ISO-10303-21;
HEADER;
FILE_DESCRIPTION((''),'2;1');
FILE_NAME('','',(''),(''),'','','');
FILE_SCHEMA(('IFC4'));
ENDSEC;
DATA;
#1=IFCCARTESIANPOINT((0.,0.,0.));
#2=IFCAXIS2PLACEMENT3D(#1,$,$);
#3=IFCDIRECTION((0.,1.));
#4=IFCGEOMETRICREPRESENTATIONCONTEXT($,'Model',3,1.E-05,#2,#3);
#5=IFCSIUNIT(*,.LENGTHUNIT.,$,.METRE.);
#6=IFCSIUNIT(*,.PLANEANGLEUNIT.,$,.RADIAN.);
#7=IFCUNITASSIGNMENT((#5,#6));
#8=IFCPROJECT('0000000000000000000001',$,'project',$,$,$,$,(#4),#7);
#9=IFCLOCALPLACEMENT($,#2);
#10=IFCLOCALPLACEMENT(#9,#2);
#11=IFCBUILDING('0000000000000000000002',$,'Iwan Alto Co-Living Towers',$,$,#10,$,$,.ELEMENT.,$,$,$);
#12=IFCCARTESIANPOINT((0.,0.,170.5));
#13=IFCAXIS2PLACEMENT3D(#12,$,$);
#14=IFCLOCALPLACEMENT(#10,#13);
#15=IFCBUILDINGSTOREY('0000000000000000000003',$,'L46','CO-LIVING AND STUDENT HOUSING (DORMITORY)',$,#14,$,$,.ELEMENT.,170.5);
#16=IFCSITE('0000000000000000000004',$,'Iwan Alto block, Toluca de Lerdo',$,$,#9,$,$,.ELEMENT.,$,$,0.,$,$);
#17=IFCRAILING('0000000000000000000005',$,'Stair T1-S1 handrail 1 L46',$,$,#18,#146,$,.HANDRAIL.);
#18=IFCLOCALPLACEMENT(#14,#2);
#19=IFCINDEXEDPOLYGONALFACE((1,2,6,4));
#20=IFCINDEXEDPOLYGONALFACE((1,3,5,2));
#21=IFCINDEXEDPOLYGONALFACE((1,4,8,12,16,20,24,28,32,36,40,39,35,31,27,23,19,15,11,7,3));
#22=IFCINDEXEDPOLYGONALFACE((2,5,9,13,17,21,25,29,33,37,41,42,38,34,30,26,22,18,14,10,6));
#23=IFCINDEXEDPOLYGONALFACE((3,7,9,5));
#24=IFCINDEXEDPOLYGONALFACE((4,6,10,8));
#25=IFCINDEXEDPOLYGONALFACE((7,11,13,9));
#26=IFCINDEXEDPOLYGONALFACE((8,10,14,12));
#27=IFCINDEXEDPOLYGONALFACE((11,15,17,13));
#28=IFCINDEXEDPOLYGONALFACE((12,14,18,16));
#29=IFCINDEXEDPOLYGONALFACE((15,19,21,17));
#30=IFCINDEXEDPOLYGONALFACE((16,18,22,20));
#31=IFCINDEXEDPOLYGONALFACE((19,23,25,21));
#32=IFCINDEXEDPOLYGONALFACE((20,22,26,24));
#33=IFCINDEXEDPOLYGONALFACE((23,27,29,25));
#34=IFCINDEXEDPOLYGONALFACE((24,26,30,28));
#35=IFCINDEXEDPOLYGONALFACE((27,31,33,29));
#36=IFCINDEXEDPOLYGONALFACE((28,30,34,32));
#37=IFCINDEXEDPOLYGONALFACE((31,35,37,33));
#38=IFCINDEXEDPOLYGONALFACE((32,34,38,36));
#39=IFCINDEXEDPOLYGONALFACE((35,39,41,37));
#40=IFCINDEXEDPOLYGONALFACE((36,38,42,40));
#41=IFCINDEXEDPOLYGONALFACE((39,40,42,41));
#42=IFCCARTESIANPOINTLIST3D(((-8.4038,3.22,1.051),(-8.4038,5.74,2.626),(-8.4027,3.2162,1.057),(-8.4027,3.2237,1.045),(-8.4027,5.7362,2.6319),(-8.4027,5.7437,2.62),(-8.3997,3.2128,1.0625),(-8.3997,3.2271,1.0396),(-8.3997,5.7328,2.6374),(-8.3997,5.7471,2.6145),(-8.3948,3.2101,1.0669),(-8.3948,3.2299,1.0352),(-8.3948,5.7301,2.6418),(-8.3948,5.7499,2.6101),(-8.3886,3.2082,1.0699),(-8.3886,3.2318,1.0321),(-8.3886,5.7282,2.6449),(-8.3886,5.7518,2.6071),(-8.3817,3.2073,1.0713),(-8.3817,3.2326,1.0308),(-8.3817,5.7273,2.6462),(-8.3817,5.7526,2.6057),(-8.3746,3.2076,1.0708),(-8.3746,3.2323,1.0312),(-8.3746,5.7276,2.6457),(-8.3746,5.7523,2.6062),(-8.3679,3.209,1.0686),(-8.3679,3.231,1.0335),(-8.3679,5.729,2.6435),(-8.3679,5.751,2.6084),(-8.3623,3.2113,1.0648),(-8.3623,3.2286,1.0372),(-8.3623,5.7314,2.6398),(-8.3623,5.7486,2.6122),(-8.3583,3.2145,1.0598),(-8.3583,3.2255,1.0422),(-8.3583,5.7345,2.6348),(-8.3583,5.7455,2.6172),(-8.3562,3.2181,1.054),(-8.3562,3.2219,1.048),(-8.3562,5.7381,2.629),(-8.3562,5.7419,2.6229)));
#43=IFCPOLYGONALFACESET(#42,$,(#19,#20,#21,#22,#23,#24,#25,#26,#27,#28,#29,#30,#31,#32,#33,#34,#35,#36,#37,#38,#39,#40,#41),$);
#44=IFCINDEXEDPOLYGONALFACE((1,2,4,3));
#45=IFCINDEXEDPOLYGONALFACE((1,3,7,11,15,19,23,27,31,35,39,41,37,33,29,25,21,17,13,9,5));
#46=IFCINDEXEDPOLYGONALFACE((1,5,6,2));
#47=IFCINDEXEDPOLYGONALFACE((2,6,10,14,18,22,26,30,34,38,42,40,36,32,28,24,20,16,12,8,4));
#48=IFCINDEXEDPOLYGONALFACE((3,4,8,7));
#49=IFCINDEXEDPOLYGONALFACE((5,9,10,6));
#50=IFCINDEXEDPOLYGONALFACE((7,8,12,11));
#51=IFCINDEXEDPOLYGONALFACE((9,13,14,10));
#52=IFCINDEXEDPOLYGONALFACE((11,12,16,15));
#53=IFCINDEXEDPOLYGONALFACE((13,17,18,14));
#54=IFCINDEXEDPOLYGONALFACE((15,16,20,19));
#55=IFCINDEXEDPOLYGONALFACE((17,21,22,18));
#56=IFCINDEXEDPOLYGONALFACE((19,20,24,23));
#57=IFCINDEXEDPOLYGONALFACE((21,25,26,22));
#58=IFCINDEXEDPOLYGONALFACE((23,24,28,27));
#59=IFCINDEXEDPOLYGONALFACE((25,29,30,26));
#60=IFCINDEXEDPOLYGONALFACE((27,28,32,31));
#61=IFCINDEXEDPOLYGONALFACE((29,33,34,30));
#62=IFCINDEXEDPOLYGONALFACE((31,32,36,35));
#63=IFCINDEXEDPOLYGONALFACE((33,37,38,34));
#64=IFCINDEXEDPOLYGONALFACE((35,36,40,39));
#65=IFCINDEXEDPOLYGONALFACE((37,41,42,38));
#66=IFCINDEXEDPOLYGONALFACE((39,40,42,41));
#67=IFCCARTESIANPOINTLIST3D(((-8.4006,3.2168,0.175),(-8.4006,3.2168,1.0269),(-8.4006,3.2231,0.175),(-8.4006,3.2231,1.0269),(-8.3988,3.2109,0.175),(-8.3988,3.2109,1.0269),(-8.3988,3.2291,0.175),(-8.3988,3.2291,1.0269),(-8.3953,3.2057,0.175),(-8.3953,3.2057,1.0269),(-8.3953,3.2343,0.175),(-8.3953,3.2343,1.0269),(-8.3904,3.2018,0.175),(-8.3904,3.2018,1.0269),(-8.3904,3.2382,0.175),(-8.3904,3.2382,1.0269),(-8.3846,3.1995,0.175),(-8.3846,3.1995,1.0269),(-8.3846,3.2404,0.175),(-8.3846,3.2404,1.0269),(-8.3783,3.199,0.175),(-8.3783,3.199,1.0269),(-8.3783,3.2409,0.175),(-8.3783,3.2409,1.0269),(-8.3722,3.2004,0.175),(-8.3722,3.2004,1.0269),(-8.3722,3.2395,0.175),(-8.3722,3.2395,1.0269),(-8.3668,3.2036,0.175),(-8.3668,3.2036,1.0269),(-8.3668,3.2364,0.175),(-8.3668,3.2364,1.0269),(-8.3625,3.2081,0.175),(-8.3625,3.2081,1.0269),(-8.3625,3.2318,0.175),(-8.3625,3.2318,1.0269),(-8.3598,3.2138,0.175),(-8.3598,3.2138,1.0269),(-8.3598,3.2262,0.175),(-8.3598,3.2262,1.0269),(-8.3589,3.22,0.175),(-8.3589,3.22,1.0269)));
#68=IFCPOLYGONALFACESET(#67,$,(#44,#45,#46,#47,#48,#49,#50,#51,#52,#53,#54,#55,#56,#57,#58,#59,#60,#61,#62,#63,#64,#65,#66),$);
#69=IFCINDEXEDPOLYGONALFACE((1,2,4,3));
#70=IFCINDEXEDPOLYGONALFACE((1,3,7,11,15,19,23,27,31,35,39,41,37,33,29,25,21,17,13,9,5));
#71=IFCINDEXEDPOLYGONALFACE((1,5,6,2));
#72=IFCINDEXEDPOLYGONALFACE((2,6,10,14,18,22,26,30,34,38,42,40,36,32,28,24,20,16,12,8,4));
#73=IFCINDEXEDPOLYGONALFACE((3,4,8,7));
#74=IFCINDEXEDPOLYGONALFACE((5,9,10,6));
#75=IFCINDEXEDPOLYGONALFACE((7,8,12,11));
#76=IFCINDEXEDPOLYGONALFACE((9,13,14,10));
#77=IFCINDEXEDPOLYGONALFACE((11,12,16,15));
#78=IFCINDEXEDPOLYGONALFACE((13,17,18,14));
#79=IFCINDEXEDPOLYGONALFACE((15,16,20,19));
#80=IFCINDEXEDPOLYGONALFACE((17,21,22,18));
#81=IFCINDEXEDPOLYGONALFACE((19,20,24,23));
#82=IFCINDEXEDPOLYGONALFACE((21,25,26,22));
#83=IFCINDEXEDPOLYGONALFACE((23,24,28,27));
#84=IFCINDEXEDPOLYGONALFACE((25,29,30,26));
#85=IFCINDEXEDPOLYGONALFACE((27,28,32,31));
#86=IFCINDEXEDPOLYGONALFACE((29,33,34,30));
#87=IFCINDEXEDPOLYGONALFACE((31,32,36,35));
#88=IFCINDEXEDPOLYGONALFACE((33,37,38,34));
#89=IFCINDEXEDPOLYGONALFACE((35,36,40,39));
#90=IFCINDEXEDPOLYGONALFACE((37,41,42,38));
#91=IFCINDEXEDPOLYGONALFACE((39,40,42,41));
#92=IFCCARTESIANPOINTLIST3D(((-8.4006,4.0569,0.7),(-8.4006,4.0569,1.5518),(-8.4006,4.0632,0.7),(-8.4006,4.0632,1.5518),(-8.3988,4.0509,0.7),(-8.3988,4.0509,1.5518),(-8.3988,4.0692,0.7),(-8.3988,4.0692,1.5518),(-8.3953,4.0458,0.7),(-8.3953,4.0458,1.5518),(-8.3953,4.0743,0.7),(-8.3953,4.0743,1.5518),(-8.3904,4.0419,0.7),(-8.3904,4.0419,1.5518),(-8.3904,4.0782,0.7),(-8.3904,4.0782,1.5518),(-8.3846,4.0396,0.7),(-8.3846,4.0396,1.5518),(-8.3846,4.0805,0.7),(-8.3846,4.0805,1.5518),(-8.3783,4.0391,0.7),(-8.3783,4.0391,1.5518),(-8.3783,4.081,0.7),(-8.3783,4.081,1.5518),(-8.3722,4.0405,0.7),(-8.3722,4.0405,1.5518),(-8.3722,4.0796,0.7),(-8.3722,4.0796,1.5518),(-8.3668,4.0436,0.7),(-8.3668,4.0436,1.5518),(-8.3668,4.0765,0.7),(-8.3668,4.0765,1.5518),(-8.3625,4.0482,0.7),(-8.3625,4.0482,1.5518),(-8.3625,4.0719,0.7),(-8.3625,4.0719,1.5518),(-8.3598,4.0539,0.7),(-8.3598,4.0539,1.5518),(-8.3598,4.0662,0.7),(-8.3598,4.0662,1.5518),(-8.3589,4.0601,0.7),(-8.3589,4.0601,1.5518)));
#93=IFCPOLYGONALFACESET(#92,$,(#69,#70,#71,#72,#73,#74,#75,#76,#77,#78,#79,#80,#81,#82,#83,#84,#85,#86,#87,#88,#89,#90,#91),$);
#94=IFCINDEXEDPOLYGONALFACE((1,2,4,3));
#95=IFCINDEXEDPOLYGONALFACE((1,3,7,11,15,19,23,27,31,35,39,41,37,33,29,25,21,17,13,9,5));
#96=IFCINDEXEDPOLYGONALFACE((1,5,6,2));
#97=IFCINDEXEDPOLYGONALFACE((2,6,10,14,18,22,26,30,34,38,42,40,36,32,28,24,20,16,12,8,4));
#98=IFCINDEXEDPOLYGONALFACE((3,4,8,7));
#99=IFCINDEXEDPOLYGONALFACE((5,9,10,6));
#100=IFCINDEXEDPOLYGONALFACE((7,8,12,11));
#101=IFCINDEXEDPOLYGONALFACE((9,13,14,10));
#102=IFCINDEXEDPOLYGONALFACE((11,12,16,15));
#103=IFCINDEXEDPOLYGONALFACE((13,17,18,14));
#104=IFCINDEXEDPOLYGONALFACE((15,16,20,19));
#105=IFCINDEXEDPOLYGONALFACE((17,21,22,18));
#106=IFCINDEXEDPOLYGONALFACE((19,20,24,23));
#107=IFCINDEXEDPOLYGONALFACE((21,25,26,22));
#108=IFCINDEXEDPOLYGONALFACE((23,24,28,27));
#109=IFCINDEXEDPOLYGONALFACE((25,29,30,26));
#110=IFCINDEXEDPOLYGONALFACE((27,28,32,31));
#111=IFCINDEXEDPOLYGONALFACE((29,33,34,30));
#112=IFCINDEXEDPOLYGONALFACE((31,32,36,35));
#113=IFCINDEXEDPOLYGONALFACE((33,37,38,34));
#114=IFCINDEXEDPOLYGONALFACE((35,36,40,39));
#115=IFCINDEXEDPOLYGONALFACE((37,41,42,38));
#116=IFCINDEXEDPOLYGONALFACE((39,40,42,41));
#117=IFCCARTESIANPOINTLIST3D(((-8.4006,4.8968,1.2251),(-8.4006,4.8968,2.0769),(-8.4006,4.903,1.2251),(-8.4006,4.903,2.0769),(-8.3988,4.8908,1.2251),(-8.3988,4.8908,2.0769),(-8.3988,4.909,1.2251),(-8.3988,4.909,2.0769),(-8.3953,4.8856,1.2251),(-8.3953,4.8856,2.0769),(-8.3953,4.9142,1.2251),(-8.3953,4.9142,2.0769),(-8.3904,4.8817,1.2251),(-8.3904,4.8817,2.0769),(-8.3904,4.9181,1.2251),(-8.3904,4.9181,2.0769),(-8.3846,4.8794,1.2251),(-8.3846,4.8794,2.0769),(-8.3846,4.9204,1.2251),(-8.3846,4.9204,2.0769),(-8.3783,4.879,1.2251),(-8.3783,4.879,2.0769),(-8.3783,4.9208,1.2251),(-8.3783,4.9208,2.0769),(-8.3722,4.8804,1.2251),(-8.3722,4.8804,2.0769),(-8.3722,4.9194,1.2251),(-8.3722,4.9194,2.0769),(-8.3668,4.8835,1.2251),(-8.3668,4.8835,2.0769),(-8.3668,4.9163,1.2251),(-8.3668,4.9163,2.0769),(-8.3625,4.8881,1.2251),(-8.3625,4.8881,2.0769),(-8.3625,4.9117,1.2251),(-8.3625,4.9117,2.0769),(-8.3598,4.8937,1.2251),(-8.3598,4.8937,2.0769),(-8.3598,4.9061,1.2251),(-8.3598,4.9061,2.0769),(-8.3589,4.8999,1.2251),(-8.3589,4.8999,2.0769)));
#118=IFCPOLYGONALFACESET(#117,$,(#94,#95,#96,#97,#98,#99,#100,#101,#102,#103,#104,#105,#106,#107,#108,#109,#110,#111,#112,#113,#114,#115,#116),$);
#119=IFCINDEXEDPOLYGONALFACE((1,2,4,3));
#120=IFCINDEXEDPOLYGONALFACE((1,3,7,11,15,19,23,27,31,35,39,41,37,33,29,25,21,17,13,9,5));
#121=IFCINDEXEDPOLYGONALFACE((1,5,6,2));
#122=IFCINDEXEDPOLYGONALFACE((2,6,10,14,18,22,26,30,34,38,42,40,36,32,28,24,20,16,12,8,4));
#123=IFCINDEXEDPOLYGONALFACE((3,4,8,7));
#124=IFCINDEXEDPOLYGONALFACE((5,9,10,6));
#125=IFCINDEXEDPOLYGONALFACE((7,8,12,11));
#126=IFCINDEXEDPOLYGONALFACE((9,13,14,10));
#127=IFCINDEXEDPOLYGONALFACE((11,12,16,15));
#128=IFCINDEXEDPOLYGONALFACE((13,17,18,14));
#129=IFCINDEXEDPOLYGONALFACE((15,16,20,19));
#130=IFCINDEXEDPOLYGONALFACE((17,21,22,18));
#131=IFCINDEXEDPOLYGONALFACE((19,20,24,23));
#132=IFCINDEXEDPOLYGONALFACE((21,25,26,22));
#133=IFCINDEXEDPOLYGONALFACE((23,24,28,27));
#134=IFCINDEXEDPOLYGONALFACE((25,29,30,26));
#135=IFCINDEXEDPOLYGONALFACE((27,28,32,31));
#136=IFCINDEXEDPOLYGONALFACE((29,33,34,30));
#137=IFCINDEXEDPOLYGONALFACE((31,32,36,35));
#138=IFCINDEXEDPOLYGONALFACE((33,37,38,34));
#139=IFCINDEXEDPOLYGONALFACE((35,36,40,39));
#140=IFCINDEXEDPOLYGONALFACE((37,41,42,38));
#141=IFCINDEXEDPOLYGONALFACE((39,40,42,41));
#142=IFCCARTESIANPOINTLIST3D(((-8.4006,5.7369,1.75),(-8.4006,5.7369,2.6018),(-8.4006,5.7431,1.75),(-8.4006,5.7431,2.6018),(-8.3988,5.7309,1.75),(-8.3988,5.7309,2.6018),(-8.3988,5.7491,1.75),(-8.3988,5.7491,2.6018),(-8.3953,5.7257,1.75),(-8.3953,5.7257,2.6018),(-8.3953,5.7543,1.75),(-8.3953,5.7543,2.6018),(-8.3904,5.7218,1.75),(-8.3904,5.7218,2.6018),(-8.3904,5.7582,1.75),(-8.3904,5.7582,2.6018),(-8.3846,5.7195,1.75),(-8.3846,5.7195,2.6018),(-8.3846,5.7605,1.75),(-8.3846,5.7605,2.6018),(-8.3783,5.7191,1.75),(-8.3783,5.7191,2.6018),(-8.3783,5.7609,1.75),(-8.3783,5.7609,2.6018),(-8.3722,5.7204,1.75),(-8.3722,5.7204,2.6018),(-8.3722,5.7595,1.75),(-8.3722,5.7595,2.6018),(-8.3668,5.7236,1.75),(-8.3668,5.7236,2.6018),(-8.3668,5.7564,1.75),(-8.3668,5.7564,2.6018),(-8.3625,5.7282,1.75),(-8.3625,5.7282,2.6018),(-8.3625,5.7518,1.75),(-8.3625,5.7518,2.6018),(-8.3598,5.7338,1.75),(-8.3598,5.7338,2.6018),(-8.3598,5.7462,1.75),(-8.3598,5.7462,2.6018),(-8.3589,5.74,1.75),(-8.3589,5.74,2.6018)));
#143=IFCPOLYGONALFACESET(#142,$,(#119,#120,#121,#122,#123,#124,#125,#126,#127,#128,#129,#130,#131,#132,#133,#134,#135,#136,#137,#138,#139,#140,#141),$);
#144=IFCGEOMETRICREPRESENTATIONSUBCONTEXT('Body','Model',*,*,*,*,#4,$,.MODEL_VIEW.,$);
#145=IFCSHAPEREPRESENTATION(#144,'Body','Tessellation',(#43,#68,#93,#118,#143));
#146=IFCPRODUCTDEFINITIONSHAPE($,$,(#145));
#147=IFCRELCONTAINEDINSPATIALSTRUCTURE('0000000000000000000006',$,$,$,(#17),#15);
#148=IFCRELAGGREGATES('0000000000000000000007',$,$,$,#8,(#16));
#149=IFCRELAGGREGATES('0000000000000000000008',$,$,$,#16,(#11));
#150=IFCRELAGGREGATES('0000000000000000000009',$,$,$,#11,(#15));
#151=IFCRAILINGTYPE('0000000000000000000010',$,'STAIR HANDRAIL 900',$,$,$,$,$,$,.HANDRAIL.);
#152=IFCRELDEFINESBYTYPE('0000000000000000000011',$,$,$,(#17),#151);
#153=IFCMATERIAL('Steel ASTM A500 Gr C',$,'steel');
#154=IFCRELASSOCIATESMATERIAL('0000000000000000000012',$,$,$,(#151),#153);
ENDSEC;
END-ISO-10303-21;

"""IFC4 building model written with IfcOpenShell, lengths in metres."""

from ifc_helpers import new_model, si_unit, direction, frame, origin, origin_2d, place, context, subcontext, project, spatial, circle, extrude, material, type_object, element, save


model = new_model("IFC4")

# Units and contexts
model_context = context("Model", 3, precision=1e-05, world=origin(), true_north=direction((0.0, 1.0)))
body_context = subcontext(model_context, "Body", "Model", "MODEL_VIEW")
ifc_project = project(units=[si_unit("LENGTHUNIT", "METRE"), si_unit("PLANEANGLEUNIT", "RADIAN")], contexts=[model_context])

# Site, building, storey
site_placement = place(None, origin())
site = spatial("IfcSite", under=ifc_project, at=site_placement, Name="Iwan Alto block, Toluca de Lerdo", CompositionType="ELEMENT", RefElevation=0.0)
building_placement = place(site_placement, origin())
building = spatial("IfcBuilding", under=site, at=building_placement, Name="Iwan Alto Co-Living Towers", CompositionType="ELEMENT")
storey_placement = place(building_placement, frame((0.0, 0.0, 170.5)))
storey = spatial("IfcBuildingStorey", under=building, at=storey_placement, Name="L46", Description="CO-LIVING AND STUDENT HOUSING (DORMITORY)", CompositionType="ELEMENT", Elevation=170.5)

# Railing
ifc_material_1 = material(Name="Steel ASTM A500 Gr C", Category="steel")
railing_type_1 = type_object("IfcRailingType", Name="STAIR HANDRAIL 900", PredefinedType="HANDRAIL", material=ifc_material_1)
railing_1_placement = place(storey_placement, frame((-8.3799, 3.22, 0.175)))
element("IfcRailing", 1, at=railing_1_placement, inside=storey, type_object=railing_type_1, Name="Stair T1-S1 handrail 1 L46", PredefinedType="HANDRAIL", context=body_context, shape_type="SweptSolid", body=[
    extrude(circle(Radius=0.0239, at=origin_2d()), frame((0.0, 0.0, 0.876), z_axis=(0.0, 0.848008, 0.529984), x_axis=(-1.0, 0.0, 0.0)), (0.0, 0.0, 1.0), 2.9717),
    extrude(circle(Radius=0.021, at=origin_2d()), origin(), (0.0, 0.0, 1.0), 0.8518),
    extrude(circle(Radius=0.021, at=origin_2d()), frame((0.0, 0.8401, 0.5249)), (0.0, 0.0, 1.0), 0.8518),
    extrude(circle(Radius=0.021, at=origin_2d()), frame((0.0, 1.6799, 1.05)), (0.0, 0.0, 1.0), 0.8518),
    extrude(circle(Radius=0.021, at=origin_2d()), frame((0.0, 2.52, 1.575)), (0.0, 0.0, 1.0), 0.8518),
])

save(model, "model.ifc")
